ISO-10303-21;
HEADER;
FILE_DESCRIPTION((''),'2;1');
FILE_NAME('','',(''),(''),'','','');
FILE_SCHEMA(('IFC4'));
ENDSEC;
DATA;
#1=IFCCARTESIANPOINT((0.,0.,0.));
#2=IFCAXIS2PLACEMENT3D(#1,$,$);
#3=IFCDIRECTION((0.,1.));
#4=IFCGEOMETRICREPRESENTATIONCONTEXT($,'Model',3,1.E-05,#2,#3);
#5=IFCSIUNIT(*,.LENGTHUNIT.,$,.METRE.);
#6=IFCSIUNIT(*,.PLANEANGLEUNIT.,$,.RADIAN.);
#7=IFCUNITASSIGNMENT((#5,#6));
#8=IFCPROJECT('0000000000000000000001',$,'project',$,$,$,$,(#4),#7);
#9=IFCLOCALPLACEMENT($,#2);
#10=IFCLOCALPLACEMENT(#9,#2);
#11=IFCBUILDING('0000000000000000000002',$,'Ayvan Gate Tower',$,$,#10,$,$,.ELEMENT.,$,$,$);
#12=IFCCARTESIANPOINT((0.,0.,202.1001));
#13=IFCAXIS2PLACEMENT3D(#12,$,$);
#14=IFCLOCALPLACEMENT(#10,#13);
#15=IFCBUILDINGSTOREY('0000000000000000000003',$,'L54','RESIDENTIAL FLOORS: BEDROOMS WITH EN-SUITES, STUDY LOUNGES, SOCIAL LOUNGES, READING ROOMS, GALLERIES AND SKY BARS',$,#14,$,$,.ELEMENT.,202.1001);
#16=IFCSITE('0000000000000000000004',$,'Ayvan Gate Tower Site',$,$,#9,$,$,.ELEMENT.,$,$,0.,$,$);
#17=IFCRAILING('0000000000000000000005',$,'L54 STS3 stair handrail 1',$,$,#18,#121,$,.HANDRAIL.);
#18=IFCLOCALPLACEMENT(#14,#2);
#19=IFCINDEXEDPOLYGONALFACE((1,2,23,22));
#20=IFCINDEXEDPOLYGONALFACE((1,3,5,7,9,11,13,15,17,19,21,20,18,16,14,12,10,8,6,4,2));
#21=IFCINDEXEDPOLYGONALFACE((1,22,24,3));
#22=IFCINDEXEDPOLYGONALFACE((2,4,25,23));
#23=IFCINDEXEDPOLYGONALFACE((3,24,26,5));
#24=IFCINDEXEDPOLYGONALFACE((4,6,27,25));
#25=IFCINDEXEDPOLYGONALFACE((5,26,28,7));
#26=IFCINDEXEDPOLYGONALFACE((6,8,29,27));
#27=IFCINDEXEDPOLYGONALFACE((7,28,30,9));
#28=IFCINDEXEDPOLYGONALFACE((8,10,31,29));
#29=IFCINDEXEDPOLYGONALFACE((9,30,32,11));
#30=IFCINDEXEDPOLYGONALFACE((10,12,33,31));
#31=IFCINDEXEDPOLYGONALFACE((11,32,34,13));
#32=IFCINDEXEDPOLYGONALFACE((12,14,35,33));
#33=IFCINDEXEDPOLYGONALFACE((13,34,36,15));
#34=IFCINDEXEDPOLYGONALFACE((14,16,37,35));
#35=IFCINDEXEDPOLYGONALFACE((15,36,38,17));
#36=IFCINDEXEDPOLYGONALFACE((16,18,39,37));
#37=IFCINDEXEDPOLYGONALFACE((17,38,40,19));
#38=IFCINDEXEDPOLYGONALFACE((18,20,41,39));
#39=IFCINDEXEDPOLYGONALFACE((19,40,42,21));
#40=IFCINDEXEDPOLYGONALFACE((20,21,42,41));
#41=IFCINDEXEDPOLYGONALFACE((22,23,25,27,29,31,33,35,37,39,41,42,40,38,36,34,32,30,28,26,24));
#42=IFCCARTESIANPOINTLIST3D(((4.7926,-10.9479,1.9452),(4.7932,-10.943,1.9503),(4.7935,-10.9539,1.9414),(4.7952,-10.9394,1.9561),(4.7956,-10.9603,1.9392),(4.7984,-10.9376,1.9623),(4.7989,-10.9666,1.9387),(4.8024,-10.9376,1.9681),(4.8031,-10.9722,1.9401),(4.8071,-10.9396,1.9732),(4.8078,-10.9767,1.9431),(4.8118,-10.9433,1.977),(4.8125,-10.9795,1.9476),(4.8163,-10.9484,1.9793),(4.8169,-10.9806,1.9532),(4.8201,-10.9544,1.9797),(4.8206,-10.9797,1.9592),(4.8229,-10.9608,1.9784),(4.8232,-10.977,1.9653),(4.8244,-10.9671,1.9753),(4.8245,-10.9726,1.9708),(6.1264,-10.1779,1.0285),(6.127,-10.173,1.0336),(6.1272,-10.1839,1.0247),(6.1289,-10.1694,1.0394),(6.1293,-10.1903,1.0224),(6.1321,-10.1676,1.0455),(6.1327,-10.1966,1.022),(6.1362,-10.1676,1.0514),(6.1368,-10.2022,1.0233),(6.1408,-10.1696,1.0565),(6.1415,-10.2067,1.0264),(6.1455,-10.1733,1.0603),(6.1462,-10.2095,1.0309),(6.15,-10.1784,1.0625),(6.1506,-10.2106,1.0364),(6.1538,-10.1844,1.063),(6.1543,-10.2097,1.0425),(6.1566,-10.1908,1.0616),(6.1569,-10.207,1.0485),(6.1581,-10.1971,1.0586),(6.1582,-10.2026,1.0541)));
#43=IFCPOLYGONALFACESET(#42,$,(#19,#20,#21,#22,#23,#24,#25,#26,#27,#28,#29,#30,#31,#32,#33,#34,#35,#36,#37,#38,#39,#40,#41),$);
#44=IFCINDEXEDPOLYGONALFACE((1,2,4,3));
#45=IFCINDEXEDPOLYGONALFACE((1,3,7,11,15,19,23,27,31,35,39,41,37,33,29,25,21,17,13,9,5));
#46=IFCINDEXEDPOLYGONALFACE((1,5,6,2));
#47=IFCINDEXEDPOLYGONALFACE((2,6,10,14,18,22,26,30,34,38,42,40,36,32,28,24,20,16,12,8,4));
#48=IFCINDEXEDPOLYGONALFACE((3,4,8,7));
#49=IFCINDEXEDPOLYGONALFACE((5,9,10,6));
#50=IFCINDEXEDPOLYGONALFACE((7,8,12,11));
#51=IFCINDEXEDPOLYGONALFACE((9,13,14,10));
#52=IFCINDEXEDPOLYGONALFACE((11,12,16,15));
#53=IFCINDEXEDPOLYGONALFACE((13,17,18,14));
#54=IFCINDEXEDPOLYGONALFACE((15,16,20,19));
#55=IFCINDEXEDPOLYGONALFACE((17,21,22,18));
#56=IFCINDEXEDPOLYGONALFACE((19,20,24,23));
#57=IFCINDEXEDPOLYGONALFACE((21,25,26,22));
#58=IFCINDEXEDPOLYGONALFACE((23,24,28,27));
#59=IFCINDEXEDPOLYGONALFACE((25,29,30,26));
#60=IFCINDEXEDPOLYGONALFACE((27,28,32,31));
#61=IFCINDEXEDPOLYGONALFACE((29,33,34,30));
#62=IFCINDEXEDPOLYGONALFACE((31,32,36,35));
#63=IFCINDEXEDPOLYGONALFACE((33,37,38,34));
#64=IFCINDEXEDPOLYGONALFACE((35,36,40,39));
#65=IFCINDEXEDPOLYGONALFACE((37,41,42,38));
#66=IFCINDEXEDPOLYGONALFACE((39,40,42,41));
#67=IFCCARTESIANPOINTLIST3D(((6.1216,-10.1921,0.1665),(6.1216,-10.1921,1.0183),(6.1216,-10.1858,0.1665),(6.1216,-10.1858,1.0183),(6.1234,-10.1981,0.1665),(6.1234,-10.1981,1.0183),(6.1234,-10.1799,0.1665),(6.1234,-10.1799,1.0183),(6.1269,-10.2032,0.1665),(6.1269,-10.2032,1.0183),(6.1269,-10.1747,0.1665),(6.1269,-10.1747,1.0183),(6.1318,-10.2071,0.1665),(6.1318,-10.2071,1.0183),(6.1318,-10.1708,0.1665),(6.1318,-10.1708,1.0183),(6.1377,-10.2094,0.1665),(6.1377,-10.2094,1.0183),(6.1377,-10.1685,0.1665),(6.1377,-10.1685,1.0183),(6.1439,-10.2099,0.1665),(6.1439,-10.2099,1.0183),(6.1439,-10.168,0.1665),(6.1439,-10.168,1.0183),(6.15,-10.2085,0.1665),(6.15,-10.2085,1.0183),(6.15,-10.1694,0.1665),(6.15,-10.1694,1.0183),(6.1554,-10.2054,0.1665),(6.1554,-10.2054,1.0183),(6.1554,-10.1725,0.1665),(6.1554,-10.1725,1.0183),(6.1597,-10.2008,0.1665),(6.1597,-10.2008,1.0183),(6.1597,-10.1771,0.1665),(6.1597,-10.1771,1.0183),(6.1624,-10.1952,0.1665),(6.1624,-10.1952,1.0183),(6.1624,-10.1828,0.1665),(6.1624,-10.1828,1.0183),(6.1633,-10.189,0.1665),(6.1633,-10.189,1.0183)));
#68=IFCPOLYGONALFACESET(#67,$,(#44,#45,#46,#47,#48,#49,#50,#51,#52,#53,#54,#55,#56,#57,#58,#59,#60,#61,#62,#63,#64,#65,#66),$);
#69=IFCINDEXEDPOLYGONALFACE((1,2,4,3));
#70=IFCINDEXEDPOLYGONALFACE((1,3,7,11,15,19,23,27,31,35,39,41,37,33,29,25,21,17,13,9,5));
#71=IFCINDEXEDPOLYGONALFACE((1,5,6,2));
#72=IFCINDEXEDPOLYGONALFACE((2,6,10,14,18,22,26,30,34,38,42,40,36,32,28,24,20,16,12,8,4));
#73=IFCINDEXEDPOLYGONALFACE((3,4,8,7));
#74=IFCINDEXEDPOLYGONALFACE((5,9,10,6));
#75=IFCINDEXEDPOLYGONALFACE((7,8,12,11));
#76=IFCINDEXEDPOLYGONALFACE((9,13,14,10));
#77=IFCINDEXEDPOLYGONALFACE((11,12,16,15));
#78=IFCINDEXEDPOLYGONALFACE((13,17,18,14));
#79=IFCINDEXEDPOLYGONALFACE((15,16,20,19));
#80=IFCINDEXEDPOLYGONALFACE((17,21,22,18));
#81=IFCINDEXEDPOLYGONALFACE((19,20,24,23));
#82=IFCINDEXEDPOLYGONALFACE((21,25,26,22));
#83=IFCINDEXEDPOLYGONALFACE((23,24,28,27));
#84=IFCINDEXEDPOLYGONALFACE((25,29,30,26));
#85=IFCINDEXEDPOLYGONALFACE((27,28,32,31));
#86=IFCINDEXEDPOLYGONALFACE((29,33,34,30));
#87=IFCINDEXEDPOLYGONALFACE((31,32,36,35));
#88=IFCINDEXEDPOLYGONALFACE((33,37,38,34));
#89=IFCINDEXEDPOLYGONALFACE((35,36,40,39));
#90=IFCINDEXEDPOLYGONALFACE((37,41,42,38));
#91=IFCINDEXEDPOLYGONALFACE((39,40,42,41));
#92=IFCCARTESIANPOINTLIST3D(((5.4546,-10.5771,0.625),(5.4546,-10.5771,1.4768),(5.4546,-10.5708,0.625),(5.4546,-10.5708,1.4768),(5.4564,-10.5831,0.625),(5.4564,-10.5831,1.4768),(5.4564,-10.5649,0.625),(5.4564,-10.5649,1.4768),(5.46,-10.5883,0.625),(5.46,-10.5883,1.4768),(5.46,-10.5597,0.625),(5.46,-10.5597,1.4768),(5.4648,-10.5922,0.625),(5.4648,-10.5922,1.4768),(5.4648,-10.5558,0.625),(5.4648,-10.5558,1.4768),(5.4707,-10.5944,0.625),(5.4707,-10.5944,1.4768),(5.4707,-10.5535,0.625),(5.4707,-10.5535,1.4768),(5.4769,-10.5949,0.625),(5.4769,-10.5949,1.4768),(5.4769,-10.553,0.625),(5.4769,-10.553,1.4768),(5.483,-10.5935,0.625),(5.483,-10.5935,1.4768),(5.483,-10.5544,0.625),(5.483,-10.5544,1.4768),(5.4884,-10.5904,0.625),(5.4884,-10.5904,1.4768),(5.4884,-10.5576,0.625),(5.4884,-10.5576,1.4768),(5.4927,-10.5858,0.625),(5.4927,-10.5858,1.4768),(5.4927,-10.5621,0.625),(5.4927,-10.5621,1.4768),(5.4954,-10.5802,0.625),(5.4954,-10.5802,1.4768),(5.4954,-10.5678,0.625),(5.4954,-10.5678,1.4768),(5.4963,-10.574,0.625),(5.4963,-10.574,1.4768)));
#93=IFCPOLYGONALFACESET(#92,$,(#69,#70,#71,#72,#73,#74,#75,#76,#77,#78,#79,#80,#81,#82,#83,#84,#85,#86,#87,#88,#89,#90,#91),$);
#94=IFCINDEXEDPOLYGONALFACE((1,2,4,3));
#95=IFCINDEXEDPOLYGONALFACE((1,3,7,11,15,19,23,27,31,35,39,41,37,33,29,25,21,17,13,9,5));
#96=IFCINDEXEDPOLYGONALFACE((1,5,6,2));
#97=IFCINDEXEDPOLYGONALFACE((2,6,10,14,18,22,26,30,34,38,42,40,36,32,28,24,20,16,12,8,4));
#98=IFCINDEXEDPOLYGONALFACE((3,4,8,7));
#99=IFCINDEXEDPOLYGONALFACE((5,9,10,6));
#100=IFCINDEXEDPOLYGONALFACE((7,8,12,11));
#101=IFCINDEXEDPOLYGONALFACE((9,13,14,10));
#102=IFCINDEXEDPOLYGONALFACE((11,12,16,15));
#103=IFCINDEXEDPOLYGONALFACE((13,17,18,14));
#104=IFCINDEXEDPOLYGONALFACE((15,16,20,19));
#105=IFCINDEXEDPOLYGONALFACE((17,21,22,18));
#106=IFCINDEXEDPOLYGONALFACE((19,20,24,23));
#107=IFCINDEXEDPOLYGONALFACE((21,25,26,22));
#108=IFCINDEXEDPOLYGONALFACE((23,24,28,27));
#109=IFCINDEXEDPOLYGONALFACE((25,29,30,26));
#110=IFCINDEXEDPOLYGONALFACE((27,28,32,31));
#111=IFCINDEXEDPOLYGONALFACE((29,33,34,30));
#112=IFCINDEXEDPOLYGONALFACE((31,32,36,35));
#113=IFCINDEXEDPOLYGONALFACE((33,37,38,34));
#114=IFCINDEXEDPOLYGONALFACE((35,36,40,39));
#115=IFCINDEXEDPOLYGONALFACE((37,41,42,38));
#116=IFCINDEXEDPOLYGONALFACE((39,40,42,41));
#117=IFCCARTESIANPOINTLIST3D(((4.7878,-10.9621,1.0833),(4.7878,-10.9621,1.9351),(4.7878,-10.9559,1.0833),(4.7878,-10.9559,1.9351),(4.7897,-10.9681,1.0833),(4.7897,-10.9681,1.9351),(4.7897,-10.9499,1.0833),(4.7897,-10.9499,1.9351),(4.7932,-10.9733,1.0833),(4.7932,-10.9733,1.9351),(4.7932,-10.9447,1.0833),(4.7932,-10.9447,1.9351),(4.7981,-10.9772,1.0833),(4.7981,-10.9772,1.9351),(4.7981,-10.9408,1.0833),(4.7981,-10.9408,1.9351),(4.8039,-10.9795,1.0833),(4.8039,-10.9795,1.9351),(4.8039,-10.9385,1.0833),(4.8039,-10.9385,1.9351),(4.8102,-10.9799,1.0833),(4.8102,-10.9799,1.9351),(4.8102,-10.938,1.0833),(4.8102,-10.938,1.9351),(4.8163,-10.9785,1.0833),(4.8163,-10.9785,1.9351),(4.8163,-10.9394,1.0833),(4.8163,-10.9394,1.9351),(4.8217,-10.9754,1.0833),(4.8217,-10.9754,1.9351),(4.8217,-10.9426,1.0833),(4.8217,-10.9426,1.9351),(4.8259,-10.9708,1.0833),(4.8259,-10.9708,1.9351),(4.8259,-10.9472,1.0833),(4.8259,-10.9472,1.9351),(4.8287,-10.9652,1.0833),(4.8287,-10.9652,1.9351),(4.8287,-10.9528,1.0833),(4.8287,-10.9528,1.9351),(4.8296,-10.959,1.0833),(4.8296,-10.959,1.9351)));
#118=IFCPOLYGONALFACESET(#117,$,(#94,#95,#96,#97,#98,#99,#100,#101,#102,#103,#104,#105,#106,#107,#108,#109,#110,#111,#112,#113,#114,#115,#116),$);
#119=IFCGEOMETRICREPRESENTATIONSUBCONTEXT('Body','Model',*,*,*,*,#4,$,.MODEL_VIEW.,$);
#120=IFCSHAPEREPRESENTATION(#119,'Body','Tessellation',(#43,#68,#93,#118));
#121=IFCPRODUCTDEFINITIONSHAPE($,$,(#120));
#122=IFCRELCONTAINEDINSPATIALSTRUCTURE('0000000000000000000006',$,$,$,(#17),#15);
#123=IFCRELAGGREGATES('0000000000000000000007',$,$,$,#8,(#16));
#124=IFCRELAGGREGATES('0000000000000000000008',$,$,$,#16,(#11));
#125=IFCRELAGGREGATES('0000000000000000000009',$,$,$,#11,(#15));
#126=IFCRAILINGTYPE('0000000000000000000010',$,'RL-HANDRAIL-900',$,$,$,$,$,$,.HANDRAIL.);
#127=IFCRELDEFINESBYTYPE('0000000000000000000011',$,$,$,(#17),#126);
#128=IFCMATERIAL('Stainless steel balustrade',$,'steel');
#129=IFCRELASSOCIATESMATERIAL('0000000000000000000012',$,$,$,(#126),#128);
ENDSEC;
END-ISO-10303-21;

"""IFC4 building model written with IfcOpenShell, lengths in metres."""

from ifc_helpers import new_model, si_unit, direction, frame, origin, origin_2d, place, context, subcontext, project, spatial, circle, extrude, material, type_object, element, save


model = new_model("IFC4")

# Units and contexts
model_context = context("Model", 3, precision=1e-05, world=origin(), true_north=direction((0.0, 1.0)))
body_context = subcontext(model_context, "Body", "Model", "MODEL_VIEW")
ifc_project = project(units=[si_unit("LENGTHUNIT", "METRE"), si_unit("PLANEANGLEUNIT", "RADIAN")], contexts=[model_context])

# Site, building, storey
site_placement = place(None, origin())
site = spatial("IfcSite", under=ifc_project, at=site_placement, Name="Ayvan Gate Tower Site", CompositionType="ELEMENT", RefElevation=0.0)
building_placement = place(site_placement, origin())
building = spatial("IfcBuilding", under=site, at=building_placement, Name="Ayvan Gate Tower", CompositionType="ELEMENT")
storey_placement = place(building_placement, frame((0.0, 0.0, 202.1001)))
storey = spatial("IfcBuildingStorey", under=building, at=storey_placement, Name="L54", Description="RESIDENTIAL FLOORS: BEDROOMS WITH EN-SUITES, STUDY LOUNGES, SOCIAL LOUNGES, READING ROOMS, GALLERIES AND SKY BARS", CompositionType="ELEMENT", Elevation=202.1001)

# Railing
ifc_material_1 = material(Name="Stainless steel balustrade", Category="steel")
railing_type_1 = type_object("IfcRailingType", Name="RL-HANDRAIL-900", PredefinedType="HANDRAIL", material=ifc_material_1)
railing_1_placement = place(storey_placement, frame((6.1423, -10.189, 0.1665)))
element("IfcRailing", 1, at=railing_1_placement, inside=storey, type_object=railing_type_1, Name="L54 STS3 stair handrail 1", PredefinedType="HANDRAIL", context=body_context, shape_type="SweptSolid", body=[
    extrude(circle(Radius=0.0239, at=origin_2d()), frame((0.0, 0.0, 0.876), z_axis=(-0.744164, -0.429634, 0.511502), x_axis=(0.499992, -0.86603, 0.0)), (0.0, 0.0, 1.0), 1.7922),
    extrude(circle(Radius=0.021, at=origin_2d()), origin(), (0.0, 0.0, 1.0), 0.8518),
    extrude(circle(Radius=0.021, at=origin_2d()), frame((-0.667, -0.385, 0.4585)), (0.0, 0.0, 1.0), 0.8518),
    extrude(circle(Radius=0.021, at=origin_2d()), frame((-1.3337, -0.77, 0.9167)), (0.0, 0.0, 1.0), 0.8518),
])

save(model, "model.ifc")
